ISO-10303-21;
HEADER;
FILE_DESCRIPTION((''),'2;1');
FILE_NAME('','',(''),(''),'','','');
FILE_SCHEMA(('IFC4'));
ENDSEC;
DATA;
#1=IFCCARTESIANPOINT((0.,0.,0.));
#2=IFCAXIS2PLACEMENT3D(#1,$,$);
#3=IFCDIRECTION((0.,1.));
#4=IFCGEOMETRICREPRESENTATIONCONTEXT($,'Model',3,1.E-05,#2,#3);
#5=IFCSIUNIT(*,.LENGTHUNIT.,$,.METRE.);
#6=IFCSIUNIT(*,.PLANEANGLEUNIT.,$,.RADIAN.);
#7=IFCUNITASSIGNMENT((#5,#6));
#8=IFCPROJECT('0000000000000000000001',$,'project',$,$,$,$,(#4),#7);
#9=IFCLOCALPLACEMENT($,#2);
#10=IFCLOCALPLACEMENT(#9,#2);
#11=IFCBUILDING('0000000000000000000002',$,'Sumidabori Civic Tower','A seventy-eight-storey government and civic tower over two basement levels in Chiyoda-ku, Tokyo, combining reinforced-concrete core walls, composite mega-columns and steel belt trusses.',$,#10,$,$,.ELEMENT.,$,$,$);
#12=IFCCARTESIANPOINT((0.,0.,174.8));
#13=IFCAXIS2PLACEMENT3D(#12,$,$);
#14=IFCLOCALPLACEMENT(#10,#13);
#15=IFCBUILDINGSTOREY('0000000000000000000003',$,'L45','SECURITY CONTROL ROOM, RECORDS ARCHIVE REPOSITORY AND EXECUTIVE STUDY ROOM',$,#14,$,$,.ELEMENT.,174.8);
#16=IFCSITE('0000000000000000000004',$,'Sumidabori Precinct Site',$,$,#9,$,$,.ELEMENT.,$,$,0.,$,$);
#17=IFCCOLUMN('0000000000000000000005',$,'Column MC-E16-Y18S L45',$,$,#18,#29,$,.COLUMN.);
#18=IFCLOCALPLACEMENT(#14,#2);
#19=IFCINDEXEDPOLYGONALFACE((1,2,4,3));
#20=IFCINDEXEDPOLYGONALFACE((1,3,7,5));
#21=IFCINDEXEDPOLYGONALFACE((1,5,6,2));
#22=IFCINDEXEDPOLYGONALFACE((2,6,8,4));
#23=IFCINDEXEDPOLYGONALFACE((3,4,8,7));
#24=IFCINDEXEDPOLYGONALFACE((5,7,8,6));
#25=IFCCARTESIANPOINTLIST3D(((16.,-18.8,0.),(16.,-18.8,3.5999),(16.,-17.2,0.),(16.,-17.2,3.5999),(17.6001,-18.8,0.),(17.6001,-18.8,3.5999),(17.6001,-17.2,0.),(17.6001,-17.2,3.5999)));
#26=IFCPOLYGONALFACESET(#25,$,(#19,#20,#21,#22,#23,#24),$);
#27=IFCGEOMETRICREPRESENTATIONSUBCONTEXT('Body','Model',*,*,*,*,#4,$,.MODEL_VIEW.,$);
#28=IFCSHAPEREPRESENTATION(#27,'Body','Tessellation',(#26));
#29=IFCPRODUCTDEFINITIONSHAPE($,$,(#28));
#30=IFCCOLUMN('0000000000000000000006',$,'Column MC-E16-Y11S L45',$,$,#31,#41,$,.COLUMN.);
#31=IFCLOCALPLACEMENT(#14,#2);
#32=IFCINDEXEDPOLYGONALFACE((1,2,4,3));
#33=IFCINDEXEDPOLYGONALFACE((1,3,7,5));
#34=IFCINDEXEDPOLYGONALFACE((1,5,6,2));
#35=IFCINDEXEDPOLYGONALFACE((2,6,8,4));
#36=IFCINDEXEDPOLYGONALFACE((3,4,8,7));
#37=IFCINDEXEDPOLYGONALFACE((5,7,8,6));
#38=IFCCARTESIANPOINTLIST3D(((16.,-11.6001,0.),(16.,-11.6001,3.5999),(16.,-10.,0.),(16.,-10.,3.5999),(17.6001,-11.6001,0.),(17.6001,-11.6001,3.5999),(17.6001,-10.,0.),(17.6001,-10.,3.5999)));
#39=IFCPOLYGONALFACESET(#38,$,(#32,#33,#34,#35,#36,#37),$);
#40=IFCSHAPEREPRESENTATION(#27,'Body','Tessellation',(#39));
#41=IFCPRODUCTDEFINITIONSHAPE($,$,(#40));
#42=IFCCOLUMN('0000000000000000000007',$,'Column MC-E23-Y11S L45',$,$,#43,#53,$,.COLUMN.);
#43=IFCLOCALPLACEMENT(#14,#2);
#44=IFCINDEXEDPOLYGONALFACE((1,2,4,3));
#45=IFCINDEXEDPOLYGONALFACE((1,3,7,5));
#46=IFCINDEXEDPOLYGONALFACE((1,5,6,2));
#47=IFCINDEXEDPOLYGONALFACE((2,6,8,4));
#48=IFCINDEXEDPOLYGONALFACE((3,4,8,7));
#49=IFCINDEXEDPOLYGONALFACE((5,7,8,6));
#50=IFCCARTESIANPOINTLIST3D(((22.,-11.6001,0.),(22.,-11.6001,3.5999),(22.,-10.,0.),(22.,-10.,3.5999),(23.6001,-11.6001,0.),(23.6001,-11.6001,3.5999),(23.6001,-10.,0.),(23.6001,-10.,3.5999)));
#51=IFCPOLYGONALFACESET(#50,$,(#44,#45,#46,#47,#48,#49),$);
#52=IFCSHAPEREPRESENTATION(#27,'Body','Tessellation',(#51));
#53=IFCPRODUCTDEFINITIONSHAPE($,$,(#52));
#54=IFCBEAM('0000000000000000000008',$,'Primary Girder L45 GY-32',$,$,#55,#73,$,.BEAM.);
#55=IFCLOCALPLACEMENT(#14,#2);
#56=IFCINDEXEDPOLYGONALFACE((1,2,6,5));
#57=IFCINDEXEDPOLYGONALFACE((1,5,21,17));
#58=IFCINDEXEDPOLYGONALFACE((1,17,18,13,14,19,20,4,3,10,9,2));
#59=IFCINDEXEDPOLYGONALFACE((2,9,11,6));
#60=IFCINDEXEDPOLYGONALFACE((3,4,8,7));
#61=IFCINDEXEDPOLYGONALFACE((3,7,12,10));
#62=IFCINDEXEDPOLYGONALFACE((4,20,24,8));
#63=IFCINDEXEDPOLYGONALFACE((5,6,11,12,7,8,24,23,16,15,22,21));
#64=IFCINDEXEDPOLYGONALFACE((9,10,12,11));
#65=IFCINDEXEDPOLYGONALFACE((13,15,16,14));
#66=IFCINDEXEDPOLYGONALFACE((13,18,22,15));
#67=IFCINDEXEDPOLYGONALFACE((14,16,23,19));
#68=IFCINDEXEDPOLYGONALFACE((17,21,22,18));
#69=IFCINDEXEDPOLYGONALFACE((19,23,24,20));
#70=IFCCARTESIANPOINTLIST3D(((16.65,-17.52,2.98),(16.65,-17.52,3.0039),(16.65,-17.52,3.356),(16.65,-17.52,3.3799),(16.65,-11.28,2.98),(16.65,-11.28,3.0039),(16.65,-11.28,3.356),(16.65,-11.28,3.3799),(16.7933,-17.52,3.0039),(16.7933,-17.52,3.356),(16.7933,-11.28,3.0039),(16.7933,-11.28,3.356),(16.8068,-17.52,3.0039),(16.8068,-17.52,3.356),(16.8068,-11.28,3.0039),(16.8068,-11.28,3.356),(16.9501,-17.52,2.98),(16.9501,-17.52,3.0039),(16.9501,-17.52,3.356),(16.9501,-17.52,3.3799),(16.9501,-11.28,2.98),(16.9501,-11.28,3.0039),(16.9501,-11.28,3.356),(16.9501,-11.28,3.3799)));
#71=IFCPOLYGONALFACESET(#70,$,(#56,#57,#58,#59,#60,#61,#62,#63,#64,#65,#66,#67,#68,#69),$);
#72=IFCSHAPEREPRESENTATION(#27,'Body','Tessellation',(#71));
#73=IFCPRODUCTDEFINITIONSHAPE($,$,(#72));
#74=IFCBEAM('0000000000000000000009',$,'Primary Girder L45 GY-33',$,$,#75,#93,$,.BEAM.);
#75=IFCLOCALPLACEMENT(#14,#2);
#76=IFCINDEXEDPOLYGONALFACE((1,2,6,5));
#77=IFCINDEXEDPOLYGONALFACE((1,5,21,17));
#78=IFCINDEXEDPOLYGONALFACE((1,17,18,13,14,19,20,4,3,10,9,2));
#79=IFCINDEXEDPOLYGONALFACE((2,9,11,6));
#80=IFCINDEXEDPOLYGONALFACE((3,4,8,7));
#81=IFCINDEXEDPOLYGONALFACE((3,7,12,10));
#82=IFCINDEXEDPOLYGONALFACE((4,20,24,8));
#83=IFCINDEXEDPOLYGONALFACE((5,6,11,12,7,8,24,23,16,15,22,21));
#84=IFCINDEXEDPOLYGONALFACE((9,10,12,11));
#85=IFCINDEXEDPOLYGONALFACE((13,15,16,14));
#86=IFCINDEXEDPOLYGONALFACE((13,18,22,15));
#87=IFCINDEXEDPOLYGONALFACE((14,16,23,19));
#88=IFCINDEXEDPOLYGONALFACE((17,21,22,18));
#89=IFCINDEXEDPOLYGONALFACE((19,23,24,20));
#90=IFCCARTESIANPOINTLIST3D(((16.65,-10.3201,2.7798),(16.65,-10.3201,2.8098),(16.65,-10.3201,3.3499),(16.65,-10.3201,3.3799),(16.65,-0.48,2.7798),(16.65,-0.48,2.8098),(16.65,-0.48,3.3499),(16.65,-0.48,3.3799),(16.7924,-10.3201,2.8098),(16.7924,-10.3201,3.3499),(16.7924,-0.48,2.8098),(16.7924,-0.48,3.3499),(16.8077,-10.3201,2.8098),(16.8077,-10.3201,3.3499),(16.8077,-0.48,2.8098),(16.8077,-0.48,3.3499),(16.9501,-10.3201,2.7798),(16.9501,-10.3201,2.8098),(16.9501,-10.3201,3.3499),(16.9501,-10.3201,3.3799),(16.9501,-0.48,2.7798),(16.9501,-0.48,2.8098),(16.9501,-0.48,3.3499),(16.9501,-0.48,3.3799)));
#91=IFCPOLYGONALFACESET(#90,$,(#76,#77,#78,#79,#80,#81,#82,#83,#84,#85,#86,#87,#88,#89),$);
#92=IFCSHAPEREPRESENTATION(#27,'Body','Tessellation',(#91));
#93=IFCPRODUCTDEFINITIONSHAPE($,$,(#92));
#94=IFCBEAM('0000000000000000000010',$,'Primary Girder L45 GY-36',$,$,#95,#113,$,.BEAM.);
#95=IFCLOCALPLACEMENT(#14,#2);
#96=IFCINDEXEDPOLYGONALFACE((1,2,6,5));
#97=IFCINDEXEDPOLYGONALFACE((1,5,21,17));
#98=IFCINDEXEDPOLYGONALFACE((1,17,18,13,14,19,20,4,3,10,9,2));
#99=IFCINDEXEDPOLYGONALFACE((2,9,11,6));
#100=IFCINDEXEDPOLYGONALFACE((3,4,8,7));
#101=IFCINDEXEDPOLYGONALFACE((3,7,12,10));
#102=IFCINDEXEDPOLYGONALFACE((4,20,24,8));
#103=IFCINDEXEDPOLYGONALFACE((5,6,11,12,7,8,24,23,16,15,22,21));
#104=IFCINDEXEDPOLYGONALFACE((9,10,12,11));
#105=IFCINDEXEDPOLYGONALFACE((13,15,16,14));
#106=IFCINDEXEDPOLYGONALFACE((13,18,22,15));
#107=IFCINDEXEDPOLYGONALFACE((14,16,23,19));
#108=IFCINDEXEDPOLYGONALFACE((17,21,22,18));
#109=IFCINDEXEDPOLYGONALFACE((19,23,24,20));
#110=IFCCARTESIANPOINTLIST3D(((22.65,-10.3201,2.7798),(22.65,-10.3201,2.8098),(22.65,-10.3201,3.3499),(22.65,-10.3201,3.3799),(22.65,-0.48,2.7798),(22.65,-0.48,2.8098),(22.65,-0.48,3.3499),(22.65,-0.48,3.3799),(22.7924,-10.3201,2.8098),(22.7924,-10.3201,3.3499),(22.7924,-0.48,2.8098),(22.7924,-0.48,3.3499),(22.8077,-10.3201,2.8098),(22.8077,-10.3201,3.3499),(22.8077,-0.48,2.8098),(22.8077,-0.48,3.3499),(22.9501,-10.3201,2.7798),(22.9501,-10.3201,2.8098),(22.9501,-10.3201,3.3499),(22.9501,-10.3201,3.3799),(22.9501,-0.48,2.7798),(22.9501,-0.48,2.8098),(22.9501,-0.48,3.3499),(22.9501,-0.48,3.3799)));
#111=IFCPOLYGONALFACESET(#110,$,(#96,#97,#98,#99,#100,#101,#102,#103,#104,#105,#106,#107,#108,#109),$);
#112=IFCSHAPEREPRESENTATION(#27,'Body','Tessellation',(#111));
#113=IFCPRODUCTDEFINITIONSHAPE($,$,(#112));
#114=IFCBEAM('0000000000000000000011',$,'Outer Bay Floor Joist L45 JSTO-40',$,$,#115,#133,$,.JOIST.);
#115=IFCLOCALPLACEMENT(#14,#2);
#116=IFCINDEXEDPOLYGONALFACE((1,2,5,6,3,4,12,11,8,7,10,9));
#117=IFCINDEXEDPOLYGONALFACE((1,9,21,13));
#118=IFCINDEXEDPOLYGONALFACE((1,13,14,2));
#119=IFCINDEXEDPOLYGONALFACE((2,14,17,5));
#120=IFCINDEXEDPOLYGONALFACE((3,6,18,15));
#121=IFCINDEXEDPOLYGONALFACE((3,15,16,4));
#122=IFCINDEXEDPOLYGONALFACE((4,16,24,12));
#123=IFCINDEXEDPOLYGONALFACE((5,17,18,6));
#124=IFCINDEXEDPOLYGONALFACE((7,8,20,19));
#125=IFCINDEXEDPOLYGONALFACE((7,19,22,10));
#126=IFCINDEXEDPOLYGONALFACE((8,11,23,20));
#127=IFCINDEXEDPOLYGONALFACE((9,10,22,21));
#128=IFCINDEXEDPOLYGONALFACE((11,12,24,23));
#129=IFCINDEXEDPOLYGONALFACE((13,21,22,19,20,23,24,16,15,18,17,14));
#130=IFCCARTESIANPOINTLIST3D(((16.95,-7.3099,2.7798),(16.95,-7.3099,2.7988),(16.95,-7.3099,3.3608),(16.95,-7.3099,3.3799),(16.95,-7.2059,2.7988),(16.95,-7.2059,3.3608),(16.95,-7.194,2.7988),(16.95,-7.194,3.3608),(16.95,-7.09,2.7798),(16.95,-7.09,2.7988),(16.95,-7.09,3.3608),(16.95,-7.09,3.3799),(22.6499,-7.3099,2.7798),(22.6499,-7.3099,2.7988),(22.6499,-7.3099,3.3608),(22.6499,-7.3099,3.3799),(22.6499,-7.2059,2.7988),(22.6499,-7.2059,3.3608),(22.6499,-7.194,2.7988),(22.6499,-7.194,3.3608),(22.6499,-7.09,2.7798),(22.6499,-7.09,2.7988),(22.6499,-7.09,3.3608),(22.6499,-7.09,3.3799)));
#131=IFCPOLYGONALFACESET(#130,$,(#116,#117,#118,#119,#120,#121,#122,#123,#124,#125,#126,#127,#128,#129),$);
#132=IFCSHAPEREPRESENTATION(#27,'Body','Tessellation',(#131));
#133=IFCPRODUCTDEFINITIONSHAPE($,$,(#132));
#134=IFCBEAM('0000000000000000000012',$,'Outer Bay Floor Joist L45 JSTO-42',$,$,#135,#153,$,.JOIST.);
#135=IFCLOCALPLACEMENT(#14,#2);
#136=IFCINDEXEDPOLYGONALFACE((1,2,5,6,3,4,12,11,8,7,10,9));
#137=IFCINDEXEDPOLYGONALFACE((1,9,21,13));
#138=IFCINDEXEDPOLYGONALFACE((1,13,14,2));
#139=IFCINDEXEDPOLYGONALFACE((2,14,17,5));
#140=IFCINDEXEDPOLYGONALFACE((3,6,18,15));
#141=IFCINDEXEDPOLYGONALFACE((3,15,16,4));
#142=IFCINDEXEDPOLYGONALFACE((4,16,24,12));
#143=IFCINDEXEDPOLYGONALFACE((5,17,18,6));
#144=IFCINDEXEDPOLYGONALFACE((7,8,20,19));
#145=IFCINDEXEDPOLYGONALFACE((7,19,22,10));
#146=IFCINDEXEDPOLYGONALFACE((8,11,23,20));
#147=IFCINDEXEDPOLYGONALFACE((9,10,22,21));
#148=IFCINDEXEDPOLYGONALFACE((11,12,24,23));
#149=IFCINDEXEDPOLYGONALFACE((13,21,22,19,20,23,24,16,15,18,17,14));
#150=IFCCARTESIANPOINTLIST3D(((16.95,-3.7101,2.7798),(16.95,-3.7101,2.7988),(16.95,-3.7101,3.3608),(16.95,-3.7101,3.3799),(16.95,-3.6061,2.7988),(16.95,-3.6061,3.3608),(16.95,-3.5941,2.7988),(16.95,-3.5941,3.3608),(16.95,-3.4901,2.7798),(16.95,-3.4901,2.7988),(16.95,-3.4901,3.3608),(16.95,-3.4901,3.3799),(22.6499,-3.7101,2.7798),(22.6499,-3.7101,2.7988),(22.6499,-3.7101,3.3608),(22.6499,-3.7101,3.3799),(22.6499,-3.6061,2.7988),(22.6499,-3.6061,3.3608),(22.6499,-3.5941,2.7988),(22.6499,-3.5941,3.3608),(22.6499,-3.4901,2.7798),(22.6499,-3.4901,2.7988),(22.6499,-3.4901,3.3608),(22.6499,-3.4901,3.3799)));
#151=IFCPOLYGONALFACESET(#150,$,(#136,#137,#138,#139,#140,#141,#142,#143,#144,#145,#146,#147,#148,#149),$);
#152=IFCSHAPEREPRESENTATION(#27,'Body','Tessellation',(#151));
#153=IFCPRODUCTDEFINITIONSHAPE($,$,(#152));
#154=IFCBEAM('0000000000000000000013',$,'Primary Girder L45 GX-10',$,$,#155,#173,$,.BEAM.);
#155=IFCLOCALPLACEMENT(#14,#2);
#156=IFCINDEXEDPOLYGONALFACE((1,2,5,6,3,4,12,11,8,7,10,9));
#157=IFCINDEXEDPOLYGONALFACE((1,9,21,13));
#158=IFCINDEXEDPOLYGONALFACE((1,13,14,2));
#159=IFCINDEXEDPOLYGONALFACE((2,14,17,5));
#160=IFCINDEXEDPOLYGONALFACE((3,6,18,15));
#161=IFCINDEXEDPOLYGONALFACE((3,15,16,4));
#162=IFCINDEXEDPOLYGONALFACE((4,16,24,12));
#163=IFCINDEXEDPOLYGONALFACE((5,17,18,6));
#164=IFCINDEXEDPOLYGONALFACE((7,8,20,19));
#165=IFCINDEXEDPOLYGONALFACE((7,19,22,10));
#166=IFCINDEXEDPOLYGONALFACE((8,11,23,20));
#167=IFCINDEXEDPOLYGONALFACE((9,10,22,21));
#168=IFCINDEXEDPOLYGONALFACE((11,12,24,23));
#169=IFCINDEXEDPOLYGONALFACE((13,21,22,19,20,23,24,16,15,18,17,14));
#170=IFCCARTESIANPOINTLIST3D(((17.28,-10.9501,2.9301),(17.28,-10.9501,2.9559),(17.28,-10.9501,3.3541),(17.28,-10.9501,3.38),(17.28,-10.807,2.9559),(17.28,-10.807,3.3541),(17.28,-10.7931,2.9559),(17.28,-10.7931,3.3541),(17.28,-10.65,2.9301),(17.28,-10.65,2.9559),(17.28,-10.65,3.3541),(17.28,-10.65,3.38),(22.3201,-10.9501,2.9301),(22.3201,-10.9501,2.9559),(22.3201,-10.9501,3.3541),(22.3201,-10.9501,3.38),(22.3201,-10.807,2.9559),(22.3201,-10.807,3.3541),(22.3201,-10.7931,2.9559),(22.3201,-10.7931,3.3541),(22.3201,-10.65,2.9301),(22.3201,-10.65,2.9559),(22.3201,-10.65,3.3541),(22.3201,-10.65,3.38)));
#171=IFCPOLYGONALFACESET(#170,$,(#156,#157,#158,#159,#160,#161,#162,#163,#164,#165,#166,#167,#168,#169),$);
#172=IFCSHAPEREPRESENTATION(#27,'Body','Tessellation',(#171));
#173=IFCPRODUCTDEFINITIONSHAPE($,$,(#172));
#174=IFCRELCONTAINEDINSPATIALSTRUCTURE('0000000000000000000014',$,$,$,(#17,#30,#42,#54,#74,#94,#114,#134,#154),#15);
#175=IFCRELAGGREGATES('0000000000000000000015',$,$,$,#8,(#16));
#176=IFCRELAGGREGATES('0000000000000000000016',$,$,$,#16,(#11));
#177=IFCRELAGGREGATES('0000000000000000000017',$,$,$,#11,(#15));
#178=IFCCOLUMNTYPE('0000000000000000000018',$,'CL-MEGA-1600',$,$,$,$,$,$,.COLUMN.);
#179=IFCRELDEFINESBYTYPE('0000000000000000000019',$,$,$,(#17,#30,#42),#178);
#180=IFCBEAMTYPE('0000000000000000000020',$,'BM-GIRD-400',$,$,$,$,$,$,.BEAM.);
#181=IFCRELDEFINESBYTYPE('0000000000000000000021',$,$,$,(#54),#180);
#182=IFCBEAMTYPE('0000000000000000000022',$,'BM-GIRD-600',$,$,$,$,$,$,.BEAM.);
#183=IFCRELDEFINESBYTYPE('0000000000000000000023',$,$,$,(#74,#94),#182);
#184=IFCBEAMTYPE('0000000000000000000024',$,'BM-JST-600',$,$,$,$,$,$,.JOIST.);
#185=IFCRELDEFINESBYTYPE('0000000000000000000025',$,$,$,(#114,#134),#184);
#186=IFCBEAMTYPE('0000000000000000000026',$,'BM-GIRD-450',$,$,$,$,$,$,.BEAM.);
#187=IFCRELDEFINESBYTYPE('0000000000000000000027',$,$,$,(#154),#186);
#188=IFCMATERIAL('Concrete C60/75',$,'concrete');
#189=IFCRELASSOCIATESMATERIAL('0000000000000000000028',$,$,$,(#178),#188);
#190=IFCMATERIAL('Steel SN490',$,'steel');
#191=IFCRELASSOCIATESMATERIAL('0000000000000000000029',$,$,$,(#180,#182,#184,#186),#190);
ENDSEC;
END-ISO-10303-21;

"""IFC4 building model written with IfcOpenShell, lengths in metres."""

from ifc_helpers import new_model, si_unit, direction, frame, origin, origin_2d, place, context, subcontext, project, spatial, rectangle, i_section, extrude, source, transform, mapped, material, material_profile, profile_set, type_object, element, save


model = new_model("IFC4")

# Units and contexts
model_context = context("Model", 3, precision=1e-05, world=origin(), true_north=direction((0.0, 1.0)))
body_context = subcontext(model_context, "Body", "Model", "MODEL_VIEW")
ifc_project = project(units=[si_unit("LENGTHUNIT", "METRE"), si_unit("PLANEANGLEUNIT", "RADIAN")], contexts=[model_context])

# Site, building, storey
site_placement = place(None, origin())
site = spatial("IfcSite", under=ifc_project, at=site_placement, Name="Sumidabori Precinct Site", CompositionType="ELEMENT", RefElevation=0.0)
building_placement = place(site_placement, origin())
building = spatial("IfcBuilding", under=site, at=building_placement, Name="Sumidabori Civic Tower", Description="A seventy-eight-storey government and civic tower over two basement levels in Chiyoda-ku, Tokyo, combining reinforced-concrete core walls, composite mega-columns and steel belt trusses.", CompositionType="ELEMENT")
storey_placement = place(building_placement, frame((0.0, 0.0, 174.8)))
storey = spatial("IfcBuildingStorey", under=building, at=storey_placement, Name="L45", Description="SECURITY CONTROL ROOM, RECORDS ARCHIVE REPOSITORY AND EXECUTIVE STUDY ROOM", CompositionType="ELEMENT", Elevation=174.8)

# Columns
ifc_material_1 = material(Name="Concrete C60/75", Category="concrete")
ifc_material_profile_1 = material_profile(ifc_material_1, rectangle(XDim=1.6001, YDim=1.6001, at=origin_2d()), Name="RC 1600x1600")
ifc_profile_set_1 = profile_set([ifc_material_profile_1], Name="Concrete C60/75")
column_type = type_object("IfcColumnType", Name="CL-MEGA-1600", PredefinedType="COLUMN", material=ifc_profile_set_1)
shared_shape_1 = source(origin(), body_context, "Body", "SweptSolid", [
    extrude(rectangle(XDim=1.6001, YDim=1.6001, at=origin_2d()), origin(), (0.0, 0.0, 1.0), 3.5999),
])
for number, where, z_axis, x_axis, name in (
    (1, (16.8, -18.0, 0.0), (0.0, 0.0, 1.0), (1.0, 0.0, 0.0), "Column MC-E16-Y18S L45"),
    (2, (16.8, -10.8, 0.0), (0.0, 0.0, 1.0), (1.0, 0.0, 0.0), "Column MC-E16-Y11S L45"),
    (3, (22.8, -10.8, 0.0), (0.0, 0.0, 1.0), (1.0, 0.0, 0.0), "Column MC-E23-Y11S L45"),
):
    element("IfcColumn", number, at=place(storey_placement, frame(where, z_axis=z_axis, x_axis=x_axis)), inside=storey, type_object=column_type, Name=name, PredefinedType="COLUMN", context=body_context, shape_type="MappedRepresentation", body=[
        mapped(shared_shape_1, transform((0.0, 0.0, 0.0), x_axis=(1.0, 0.0, 0.0), y_axis=(0.0, 1.0, 0.0), z_axis=(0.0, 0.0, 1.0), scale=1.0)),
    ])

# Beams
ifc_material_2 = material(Name="Steel SN490", Category="steel")
ifc_material_profile_2 = material_profile(ifc_material_2, i_section(OverallWidth=0.3, OverallDepth=0.3999, WebThickness=0.0134, FlangeThickness=0.0239, at=origin_2d()), Name="HE 400 B")
ifc_profile_set_2 = profile_set([ifc_material_profile_2], Name="Steel SN490")
beam_type_1 = type_object("IfcBeamType", Name="BM-GIRD-400", PredefinedType="BEAM", material=ifc_profile_set_2)
shared_shape_2 = source(origin(), body_context, "Body", "SweptSolid", [
    extrude(i_section(OverallWidth=0.3, OverallDepth=0.3999, WebThickness=0.0134, FlangeThickness=0.0239, at=origin_2d()), origin(), (0.0, 0.0, 1.0), 6.24),
])
beam_1_placement = place(storey_placement, frame((16.8, -17.52, 3.1799), z_axis=(0.0, 1.0, 0.0), x_axis=(-1.0, 0.0, 0.0)))
element("IfcBeam", 4, at=beam_1_placement, inside=storey, type_object=beam_type_1, Name="Primary Girder L45 GY-32", PredefinedType="BEAM", context=body_context, shape_type="MappedRepresentation", body=[
    mapped(shared_shape_2, transform((0.0, 0.0, 0.0), x_axis=(1.0, 0.0, 0.0), y_axis=(0.0, 1.0, 0.0), z_axis=(0.0, 0.0, 1.0), scale=1.0)),
])
ifc_material_profile_3 = material_profile(ifc_material_2, i_section(OverallWidth=0.3, OverallDepth=0.6001, WebThickness=0.0154, FlangeThickness=0.03, at=origin_2d()), Name="HE 600 B")
ifc_profile_set_3 = profile_set([ifc_material_profile_3], Name="Steel SN490")
beam_type_2 = type_object("IfcBeamType", Name="BM-GIRD-600", PredefinedType="BEAM", material=ifc_profile_set_3)
shared_shape_3 = source(origin(), body_context, "Body", "SweptSolid", [
    extrude(i_section(OverallWidth=0.3, OverallDepth=0.6001, WebThickness=0.0154, FlangeThickness=0.03, at=origin_2d()), origin(), (0.0, 0.0, 1.0), 9.8401),
])
for number, where, z_axis, x_axis, name in (
    (5, (16.8, -10.3201, 3.0798), (0.0, 1.0, 0.0), (-1.0, 0.0, 0.0), "Primary Girder L45 GY-33"),
    (6, (22.8, -10.3201, 3.0798), (0.0, 1.0, 0.0), (-1.0, 0.0, 0.0), "Primary Girder L45 GY-36"),
):
    element("IfcBeam", number, at=place(storey_placement, frame(where, z_axis=z_axis, x_axis=x_axis)), inside=storey, type_object=beam_type_2, Name=name, PredefinedType="BEAM", context=body_context, shape_type="MappedRepresentation", body=[
        mapped(shared_shape_3, transform((0.0, 0.0, 0.0), x_axis=(1.0, 0.0, 0.0), y_axis=(0.0, 1.0, 0.0), z_axis=(0.0, 0.0, 1.0), scale=1.0)),
    ])
ifc_material_profile_4 = material_profile(ifc_material_2, i_section(OverallWidth=0.22, OverallDepth=0.6001, WebThickness=0.012, FlangeThickness=0.019, at=origin_2d()), Name="IPE 600")
ifc_profile_set_4 = profile_set([ifc_material_profile_4], Name="Steel SN490")
beam_type_3 = type_object("IfcBeamType", Name="BM-JST-600", PredefinedType="JOIST", material=ifc_profile_set_4)
shared_shape_4 = source(origin(), body_context, "Body", "SweptSolid", [
    extrude(i_section(OverallWidth=0.22, OverallDepth=0.6001, WebThickness=0.012, FlangeThickness=0.019, at=origin_2d()), origin(), (0.0, 0.0, 1.0), 5.7),
])
for number, where, z_axis, x_axis, name in (
    (7, (16.95, -7.2, 3.0798), (1.0, 0.0, 0.0), (0.0, 1.0, 0.0), "Outer Bay Floor Joist L45 JSTO-40"),
    (8, (16.95, -3.6001, 3.0798), (1.0, 0.0, 0.0), (0.0, 1.0, 0.0), "Outer Bay Floor Joist L45 JSTO-42"),
):
    element("IfcBeam", number, at=place(storey_placement, frame(where, z_axis=z_axis, x_axis=x_axis)), inside=storey, type_object=beam_type_3, Name=name, PredefinedType="JOIST", context=body_context, shape_type="MappedRepresentation", body=[
        mapped(shared_shape_4, transform((0.0, 0.0, 0.0), x_axis=(1.0, 0.0, 0.0), y_axis=(0.0, 1.0, 0.0), z_axis=(0.0, 0.0, 1.0), scale=1.0)),
    ])
ifc_material_profile_5 = material_profile(ifc_material_2, i_section(OverallWidth=0.3, OverallDepth=0.45, WebThickness=0.0139, FlangeThickness=0.0259, at=origin_2d()), Name="HE 450 B")
ifc_profile_set_5 = profile_set([ifc_material_profile_5], Name="Steel SN490")
beam_type_4 = type_object("IfcBeamType", Name="BM-GIRD-450", PredefinedType="BEAM", material=ifc_profile_set_5)
shared_shape_5 = source(origin(), body_context, "Body", "SweptSolid", [
    extrude(i_section(OverallWidth=0.3, OverallDepth=0.45, WebThickness=0.0139, FlangeThickness=0.0259, at=origin_2d()), origin(), (0.0, 0.0, 1.0), 5.04),
])
beam_2_placement = place(storey_placement, frame((17.28, -10.8, 3.155), z_axis=(1.0, 0.0, 0.0), x_axis=(0.0, 1.0, 0.0)))
element("IfcBeam", 9, at=beam_2_placement, inside=storey, type_object=beam_type_4, Name="Primary Girder L45 GX-10", PredefinedType="BEAM", context=body_context, shape_type="MappedRepresentation", body=[
    mapped(shared_shape_5, transform((0.0, 0.0, 0.0), x_axis=(1.0, 0.0, 0.0), y_axis=(0.0, 1.0, 0.0), z_axis=(0.0, 0.0, 1.0), scale=1.0)),
])

save(model, "model.ifc")
